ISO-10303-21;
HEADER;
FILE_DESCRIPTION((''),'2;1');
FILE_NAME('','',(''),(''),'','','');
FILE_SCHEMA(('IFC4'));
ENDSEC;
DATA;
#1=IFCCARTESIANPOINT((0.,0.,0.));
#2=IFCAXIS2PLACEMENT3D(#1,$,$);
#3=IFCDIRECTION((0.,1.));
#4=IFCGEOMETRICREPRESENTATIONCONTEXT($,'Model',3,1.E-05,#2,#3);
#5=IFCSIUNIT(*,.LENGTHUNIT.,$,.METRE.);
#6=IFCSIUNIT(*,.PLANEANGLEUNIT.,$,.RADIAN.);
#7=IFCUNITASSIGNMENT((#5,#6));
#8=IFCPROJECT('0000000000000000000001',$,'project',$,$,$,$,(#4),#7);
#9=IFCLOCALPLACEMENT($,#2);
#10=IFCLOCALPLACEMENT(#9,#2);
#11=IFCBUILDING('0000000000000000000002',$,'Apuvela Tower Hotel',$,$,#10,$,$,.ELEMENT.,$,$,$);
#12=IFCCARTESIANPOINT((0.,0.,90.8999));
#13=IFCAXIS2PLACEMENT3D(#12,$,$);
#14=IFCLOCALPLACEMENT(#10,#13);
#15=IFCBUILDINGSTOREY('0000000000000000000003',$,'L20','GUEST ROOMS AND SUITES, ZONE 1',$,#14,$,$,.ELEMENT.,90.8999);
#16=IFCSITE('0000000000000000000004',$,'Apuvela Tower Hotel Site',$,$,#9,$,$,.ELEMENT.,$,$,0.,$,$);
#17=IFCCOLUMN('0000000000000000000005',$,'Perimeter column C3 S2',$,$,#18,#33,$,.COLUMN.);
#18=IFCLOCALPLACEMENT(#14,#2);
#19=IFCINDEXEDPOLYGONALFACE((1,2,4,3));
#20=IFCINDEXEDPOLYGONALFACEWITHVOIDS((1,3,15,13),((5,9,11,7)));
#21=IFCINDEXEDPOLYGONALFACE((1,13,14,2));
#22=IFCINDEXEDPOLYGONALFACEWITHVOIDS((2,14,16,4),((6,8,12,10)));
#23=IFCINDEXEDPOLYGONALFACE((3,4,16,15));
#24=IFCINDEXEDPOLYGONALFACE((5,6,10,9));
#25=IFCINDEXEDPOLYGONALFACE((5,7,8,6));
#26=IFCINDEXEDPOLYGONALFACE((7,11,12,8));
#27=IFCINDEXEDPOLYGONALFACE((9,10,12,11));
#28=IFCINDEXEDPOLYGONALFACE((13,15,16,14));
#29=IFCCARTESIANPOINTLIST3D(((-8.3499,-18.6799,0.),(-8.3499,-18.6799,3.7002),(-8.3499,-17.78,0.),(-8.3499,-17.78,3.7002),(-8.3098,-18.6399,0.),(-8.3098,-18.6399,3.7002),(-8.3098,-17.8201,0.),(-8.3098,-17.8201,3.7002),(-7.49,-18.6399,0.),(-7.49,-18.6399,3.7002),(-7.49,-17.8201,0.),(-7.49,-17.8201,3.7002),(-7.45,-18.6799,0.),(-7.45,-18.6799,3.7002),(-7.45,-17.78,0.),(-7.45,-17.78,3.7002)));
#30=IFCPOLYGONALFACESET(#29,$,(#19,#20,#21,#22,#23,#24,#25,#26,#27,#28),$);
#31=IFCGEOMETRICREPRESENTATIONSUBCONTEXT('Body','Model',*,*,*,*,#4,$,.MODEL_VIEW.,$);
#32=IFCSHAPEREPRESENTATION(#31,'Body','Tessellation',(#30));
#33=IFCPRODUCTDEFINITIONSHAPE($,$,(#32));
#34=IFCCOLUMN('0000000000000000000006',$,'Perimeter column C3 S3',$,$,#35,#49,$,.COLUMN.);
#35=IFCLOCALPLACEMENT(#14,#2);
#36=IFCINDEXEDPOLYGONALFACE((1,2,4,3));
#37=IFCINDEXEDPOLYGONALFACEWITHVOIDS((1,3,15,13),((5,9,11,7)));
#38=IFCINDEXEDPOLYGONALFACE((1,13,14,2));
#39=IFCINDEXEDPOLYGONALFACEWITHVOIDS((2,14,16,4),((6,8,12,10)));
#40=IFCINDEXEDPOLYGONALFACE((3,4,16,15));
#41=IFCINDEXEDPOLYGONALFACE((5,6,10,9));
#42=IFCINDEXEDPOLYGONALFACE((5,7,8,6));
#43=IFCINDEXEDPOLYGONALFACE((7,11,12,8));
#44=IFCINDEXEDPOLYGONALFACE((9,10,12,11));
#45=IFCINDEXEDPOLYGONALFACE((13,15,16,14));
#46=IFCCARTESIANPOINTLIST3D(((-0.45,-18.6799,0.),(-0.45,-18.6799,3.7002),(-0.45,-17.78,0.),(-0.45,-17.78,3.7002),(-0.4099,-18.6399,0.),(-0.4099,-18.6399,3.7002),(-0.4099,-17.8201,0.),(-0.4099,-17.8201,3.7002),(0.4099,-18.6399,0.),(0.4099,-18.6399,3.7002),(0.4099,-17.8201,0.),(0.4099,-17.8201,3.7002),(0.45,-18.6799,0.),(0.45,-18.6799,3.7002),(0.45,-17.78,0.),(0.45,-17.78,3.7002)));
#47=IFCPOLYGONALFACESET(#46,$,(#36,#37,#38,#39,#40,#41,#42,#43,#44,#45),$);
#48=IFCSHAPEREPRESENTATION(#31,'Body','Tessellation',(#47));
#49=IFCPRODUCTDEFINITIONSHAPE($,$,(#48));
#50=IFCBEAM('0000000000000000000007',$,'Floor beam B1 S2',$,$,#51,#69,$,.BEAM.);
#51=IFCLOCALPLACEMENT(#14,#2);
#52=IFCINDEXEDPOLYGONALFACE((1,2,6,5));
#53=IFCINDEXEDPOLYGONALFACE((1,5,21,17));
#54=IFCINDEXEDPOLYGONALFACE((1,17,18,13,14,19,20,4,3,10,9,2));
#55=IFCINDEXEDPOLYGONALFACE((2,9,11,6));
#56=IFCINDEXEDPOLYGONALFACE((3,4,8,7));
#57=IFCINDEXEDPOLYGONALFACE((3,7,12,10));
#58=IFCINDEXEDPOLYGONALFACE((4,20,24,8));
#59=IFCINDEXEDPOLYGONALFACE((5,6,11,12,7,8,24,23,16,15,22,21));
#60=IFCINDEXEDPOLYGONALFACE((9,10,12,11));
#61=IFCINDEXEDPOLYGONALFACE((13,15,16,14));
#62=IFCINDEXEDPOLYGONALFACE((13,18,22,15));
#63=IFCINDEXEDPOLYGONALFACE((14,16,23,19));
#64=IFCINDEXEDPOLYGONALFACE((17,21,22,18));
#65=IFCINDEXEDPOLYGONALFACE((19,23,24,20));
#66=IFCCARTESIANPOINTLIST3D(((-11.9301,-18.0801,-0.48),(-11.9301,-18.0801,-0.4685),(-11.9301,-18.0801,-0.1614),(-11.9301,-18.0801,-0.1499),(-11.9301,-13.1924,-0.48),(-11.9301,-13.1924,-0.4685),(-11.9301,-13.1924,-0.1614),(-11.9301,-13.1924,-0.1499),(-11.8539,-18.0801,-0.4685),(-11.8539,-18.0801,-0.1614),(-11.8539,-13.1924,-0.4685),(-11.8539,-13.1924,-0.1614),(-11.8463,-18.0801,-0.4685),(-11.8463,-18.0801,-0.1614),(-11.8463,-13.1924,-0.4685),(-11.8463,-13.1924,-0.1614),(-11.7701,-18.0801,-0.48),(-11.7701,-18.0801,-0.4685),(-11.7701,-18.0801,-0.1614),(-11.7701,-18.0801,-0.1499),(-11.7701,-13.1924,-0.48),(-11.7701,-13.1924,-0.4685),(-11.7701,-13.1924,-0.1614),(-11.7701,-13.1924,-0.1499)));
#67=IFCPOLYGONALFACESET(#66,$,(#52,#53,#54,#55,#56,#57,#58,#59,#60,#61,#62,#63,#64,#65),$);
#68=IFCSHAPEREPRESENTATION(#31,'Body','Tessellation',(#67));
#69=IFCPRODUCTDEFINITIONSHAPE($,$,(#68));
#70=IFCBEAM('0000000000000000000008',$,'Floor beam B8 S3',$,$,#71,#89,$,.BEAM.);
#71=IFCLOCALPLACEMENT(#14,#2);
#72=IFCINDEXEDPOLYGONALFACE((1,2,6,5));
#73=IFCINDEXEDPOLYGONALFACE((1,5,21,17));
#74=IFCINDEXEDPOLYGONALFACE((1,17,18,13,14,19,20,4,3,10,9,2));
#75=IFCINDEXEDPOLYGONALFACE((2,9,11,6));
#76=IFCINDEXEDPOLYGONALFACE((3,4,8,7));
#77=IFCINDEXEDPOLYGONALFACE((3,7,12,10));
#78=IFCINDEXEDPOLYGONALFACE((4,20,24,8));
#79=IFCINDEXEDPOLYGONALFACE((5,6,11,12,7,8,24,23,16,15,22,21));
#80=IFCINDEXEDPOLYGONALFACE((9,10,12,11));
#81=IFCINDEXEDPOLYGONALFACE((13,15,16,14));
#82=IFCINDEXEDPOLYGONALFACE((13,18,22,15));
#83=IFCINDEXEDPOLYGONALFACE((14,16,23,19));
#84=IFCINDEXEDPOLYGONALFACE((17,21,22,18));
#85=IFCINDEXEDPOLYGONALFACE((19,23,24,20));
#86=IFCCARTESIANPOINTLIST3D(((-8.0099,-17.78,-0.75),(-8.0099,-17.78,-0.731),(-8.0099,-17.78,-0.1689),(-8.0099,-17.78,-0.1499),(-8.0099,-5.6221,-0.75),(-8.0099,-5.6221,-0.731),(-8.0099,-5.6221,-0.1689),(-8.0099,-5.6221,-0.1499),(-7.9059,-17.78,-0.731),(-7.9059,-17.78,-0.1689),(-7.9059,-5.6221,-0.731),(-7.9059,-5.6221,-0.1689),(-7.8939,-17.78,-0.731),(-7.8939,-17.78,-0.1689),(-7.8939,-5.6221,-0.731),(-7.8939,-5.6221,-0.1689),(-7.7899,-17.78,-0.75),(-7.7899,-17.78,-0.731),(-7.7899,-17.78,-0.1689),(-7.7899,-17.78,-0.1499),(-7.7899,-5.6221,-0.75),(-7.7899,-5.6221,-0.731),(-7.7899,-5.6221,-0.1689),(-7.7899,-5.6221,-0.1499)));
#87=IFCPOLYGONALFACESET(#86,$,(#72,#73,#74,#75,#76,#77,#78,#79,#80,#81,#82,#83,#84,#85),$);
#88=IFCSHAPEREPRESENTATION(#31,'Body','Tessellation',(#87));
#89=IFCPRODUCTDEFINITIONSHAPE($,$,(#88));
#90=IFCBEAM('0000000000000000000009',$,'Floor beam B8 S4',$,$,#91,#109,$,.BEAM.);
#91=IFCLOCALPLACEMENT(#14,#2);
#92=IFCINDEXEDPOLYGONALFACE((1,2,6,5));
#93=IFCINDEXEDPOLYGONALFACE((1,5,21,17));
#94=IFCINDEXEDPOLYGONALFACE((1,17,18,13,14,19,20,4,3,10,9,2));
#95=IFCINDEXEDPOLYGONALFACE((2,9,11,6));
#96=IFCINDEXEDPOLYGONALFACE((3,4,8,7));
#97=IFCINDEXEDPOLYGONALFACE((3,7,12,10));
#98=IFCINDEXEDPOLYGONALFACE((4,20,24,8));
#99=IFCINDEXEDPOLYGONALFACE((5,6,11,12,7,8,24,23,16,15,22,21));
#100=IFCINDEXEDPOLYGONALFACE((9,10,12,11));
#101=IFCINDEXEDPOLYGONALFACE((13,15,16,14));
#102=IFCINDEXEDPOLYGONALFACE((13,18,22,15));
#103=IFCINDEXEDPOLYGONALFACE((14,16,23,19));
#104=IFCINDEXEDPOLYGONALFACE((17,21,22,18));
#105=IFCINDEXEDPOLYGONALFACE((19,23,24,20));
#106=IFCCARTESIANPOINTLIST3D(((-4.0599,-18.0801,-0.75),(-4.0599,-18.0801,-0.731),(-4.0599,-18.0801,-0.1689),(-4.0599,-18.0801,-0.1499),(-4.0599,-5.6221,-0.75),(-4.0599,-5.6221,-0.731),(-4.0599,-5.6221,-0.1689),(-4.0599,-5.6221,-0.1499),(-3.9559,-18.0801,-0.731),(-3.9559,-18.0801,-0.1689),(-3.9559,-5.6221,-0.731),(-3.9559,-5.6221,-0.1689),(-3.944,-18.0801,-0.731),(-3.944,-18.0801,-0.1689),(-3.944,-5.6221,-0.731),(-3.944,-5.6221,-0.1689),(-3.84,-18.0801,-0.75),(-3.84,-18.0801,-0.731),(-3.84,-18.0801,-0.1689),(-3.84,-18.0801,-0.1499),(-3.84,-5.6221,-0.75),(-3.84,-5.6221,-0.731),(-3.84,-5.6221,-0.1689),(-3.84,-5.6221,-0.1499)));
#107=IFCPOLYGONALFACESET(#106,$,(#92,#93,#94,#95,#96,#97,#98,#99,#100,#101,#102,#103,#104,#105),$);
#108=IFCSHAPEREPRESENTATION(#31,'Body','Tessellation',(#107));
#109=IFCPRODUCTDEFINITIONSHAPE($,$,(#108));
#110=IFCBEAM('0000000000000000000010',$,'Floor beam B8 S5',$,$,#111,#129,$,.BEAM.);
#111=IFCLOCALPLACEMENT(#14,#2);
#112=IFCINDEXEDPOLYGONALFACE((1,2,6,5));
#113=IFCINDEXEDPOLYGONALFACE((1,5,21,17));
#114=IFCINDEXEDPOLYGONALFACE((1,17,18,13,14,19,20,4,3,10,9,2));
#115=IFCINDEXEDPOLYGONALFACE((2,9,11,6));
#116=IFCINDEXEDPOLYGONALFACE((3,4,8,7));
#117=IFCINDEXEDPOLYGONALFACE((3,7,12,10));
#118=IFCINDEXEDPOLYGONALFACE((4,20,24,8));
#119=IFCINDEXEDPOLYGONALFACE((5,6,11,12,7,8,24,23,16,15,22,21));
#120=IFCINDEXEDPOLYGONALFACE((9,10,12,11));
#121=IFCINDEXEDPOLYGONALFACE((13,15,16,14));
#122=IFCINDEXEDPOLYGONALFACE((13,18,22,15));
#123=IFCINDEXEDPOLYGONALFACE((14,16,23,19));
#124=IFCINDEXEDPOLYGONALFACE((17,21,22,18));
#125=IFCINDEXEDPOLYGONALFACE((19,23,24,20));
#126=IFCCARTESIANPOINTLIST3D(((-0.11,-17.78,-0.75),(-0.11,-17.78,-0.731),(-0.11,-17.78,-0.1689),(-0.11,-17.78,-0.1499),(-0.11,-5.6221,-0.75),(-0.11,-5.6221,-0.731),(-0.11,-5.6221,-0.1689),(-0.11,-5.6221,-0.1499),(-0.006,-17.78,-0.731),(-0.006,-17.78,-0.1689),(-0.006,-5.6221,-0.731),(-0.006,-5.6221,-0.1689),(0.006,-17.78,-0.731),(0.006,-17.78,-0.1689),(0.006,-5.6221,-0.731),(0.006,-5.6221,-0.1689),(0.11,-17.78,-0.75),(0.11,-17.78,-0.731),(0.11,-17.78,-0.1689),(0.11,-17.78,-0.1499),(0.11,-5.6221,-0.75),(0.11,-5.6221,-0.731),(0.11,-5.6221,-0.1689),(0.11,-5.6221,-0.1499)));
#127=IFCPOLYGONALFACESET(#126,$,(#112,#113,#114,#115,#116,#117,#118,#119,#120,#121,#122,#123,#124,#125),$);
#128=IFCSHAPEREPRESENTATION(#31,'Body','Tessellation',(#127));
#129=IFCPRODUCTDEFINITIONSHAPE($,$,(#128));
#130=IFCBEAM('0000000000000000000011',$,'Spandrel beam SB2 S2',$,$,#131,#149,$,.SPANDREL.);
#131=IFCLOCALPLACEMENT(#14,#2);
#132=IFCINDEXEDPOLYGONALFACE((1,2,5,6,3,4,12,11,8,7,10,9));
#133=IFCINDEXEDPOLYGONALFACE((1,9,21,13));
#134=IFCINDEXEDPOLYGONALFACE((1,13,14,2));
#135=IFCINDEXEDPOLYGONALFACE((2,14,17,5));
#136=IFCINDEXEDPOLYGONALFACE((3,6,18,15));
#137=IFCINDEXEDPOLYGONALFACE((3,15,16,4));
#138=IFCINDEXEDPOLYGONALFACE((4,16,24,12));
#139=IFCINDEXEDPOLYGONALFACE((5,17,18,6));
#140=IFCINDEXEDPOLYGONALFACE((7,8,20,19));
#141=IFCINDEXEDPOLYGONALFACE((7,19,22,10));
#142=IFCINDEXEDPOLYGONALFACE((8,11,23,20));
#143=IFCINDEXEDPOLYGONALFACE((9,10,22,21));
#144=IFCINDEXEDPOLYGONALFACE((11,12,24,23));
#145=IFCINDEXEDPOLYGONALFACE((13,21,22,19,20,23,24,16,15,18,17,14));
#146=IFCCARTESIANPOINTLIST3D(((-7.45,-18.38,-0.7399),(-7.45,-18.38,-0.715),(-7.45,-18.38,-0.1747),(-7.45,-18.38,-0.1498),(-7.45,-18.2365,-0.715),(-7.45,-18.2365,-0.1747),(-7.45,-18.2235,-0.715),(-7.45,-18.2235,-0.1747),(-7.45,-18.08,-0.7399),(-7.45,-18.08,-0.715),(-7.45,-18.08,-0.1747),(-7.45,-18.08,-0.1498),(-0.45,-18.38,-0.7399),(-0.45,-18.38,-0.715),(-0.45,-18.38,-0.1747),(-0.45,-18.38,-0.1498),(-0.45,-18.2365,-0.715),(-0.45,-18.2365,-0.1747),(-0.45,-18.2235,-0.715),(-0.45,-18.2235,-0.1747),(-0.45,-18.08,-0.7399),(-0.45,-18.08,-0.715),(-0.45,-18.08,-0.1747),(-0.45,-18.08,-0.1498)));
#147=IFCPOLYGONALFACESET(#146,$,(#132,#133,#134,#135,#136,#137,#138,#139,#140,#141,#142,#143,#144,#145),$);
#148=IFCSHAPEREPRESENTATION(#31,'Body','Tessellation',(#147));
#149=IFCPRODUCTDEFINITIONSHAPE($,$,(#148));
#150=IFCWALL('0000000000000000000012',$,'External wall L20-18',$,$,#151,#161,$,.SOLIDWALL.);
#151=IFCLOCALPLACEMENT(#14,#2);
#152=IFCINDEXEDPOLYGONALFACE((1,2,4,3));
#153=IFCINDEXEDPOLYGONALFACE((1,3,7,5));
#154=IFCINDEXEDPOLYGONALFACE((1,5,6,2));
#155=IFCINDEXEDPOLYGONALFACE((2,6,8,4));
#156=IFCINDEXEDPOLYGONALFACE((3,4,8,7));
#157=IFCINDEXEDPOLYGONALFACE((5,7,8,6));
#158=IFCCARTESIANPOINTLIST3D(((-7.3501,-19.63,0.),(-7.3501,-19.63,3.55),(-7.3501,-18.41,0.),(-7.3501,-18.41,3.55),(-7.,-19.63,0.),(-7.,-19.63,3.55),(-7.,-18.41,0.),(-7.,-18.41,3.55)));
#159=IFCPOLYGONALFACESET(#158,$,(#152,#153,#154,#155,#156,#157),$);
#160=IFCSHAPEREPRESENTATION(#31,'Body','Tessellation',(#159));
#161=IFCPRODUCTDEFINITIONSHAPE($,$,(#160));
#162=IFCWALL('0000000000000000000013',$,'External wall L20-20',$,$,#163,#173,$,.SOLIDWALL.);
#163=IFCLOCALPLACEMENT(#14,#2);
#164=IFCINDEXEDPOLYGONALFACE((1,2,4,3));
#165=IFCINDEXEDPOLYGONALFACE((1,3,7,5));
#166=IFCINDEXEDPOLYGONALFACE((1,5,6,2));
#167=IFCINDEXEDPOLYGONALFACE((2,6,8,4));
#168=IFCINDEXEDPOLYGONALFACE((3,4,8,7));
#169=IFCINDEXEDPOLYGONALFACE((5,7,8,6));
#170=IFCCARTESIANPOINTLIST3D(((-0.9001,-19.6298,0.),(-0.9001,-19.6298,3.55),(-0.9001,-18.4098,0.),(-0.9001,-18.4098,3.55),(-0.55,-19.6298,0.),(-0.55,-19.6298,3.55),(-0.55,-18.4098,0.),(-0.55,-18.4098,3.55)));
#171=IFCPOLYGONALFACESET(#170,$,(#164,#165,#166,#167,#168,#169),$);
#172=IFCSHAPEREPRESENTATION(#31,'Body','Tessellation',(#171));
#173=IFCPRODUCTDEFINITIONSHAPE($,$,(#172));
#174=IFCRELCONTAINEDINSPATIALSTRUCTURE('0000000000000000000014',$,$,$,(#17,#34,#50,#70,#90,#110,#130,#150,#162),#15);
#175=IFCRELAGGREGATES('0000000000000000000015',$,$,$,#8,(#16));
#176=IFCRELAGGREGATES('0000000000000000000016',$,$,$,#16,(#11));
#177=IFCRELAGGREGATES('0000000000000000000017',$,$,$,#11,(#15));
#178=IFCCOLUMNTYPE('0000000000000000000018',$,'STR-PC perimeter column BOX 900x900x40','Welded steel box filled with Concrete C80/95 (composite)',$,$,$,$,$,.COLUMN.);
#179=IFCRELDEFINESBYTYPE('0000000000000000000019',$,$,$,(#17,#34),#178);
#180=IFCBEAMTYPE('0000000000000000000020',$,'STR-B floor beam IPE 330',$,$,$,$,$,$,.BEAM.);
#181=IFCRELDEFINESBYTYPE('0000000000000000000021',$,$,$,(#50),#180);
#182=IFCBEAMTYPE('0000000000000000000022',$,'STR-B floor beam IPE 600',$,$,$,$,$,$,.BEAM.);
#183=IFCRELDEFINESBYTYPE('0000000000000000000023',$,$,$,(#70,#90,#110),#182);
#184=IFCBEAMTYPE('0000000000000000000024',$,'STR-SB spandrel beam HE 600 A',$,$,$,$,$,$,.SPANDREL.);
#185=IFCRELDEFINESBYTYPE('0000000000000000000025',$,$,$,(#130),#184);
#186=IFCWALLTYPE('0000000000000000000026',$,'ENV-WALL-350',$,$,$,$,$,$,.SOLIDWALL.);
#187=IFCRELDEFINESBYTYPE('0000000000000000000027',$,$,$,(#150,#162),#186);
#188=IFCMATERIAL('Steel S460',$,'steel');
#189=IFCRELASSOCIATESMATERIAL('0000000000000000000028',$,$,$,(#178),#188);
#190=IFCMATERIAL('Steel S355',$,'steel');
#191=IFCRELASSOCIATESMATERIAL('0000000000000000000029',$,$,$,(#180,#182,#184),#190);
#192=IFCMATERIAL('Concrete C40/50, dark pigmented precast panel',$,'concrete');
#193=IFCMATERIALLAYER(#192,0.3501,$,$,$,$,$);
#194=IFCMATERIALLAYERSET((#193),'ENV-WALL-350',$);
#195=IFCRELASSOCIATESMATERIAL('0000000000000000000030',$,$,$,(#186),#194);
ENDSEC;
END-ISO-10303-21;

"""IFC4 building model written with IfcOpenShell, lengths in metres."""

from ifc_helpers import new_model, si_unit, direction, frame, frame_2d, origin, origin_2d, place, context, subcontext, project, spatial, rectangle, hollow_rectangle, i_section, extrude, material, layer, layer_set, material_profile, profile_set, type_object, element, save


model = new_model("IFC4")

# Units and contexts
model_context = context("Model", 3, precision=1e-05, world=origin(), true_north=direction((0.0, 1.0)))
body_context = subcontext(model_context, "Body", "Model", "MODEL_VIEW")
ifc_project = project(units=[si_unit("LENGTHUNIT", "METRE"), si_unit("PLANEANGLEUNIT", "RADIAN")], contexts=[model_context])

# Site, building, storey
site_placement = place(None, origin())
site = spatial("IfcSite", under=ifc_project, at=site_placement, Name="Apuvela Tower Hotel Site", CompositionType="ELEMENT", RefElevation=0.0)
building_placement = place(site_placement, origin())
building = spatial("IfcBuilding", under=site, at=building_placement, Name="Apuvela Tower Hotel", CompositionType="ELEMENT")
storey_placement = place(building_placement, frame((0.0, 0.0, 90.8999)))
storey = spatial("IfcBuildingStorey", under=building, at=storey_placement, Name="L20", Description="GUEST ROOMS AND SUITES, ZONE 1", CompositionType="ELEMENT", Elevation=90.8999)

# Columns
ifc_material_1 = material(Name="Steel S460", Category="steel")
ifc_material_profile_1 = material_profile(ifc_material_1, hollow_rectangle(XDim=0.8999, YDim=0.8999, WallThickness=0.04, at=origin_2d()), Name="BOX 900x900x40")
ifc_material_2 = material(Name="Concrete C80/95", Category="concrete")
ifc_material_profile_2 = material_profile(ifc_material_2, rectangle(XDim=0.8201, YDim=0.8201, at=origin_2d()), Name="Concrete C80/95 infill")
ifc_profile_set_1 = profile_set([ifc_material_profile_1, ifc_material_profile_2], Name="Steel S460")
column_type = type_object("IfcColumnType", Name="STR-PC perimeter column BOX 900x900x40", Description="Welded steel box filled with Concrete C80/95 (composite)", PredefinedType="COLUMN", material=ifc_profile_set_1)
for number, where, z_axis, x_axis, name in (
    (1, (-7.8999, -18.23, 0.0), (0.0, 0.0, 1.0), (-1.0, 0.0, 0.0), "Perimeter column C3 S2"),
    (2, (0.0, -18.23, 0.0), (0.0, 0.0, 1.0), (-1.0, 0.0, 0.0), "Perimeter column C3 S3"),
):
    element("IfcColumn", number, at=place(storey_placement, frame(where, z_axis=z_axis, x_axis=x_axis)), inside=storey, type_object=column_type, Name=name, PredefinedType="COLUMN", context=body_context, shape_type="SweptSolid", body=[
        extrude(hollow_rectangle(XDim=0.8999, YDim=0.8999, WallThickness=0.04, at=origin_2d()), origin(), (0.0, 0.0, 1.0), 3.7002),
    ])

# Beams
ifc_material_3 = material(Name="Steel S355", Category="steel")
ifc_material_profile_3 = material_profile(ifc_material_3, i_section(OverallWidth=0.1599, OverallDepth=0.3301, WebThickness=0.0076, FlangeThickness=0.0115, at=origin_2d()), Name="IPE 330")
ifc_profile_set_2 = profile_set([ifc_material_profile_3], Name="Steel S355")
beam_type_1 = type_object("IfcBeamType", Name="STR-B floor beam IPE 330", PredefinedType="BEAM", material=ifc_profile_set_2)
beam_1_placement = place(storey_placement, frame((-11.8501, -18.0801, -0.3149), z_axis=(0.0, 1.0, 0.0), x_axis=(-1.0, 0.0, 0.0)))
element("IfcBeam", 3, at=beam_1_placement, inside=storey, type_object=beam_type_1, Name="Floor beam B1 S2", PredefinedType="BEAM", context=body_context, shape_type="SweptSolid", body=[
    extrude(i_section(OverallWidth=0.1599, OverallDepth=0.3301, WebThickness=0.0076, FlangeThickness=0.0115, at=origin_2d()), origin(), (0.0, 0.0, 1.0), 4.8877),
])
ifc_material_profile_4 = material_profile(ifc_material_3, i_section(OverallWidth=0.22, OverallDepth=0.6001, WebThickness=0.012, FlangeThickness=0.019, at=origin_2d()), Name="IPE 600")
ifc_profile_set_3 = profile_set([ifc_material_profile_4], Name="Steel S355")
beam_type_2 = type_object("IfcBeamType", Name="STR-B floor beam IPE 600", PredefinedType="BEAM", material=ifc_profile_set_3)
beam_2_placement = place(storey_placement, frame((-7.8999, -17.78, -0.45), z_axis=(0.0, 1.0, 0.0), x_axis=(-1.0, 0.0, 0.0)))
element("IfcBeam", 4, at=beam_2_placement, inside=storey, type_object=beam_type_2, Name="Floor beam B8 S3", PredefinedType="BEAM", context=body_context, shape_type="SweptSolid", body=[
    extrude(i_section(OverallWidth=0.22, OverallDepth=0.6001, WebThickness=0.012, FlangeThickness=0.019, at=origin_2d()), origin(), (0.0, 0.0, 1.0), 12.158),
])
beam_3_placement = place(storey_placement, frame((-3.95, -18.0801, -0.45), z_axis=(0.0, 1.0, 0.0), x_axis=(-1.0, 0.0, 0.0)))
element("IfcBeam", 5, at=beam_3_placement, inside=storey, type_object=beam_type_2, Name="Floor beam B8 S4", PredefinedType="BEAM", context=body_context, shape_type="SweptSolid", body=[
    extrude(i_section(OverallWidth=0.22, OverallDepth=0.6001, WebThickness=0.012, FlangeThickness=0.019, at=origin_2d()), origin(), (0.0, 0.0, 1.0), 12.458),
])
beam_4_placement = place(storey_placement, frame((0.0, -17.78, -0.45), z_axis=(0.0, 1.0, 0.0), x_axis=(-1.0, 0.0, 0.0)))
element("IfcBeam", 6, at=beam_4_placement, inside=storey, type_object=beam_type_2, Name="Floor beam B8 S5", PredefinedType="BEAM", context=body_context, shape_type="SweptSolid", body=[
    extrude(i_section(OverallWidth=0.22, OverallDepth=0.6001, WebThickness=0.012, FlangeThickness=0.019, at=origin_2d()), origin(), (0.0, 0.0, 1.0), 12.158),
])
ifc_material_profile_5 = material_profile(ifc_material_3, i_section(OverallWidth=0.3, OverallDepth=0.5901, WebThickness=0.0129, FlangeThickness=0.0249, at=origin_2d()), Name="HE 600 A")
ifc_profile_set_4 = profile_set([ifc_material_profile_5], Name="Steel S355")
beam_type_3 = type_object("IfcBeamType", Name="STR-SB spandrel beam HE 600 A", PredefinedType="SPANDREL", material=ifc_profile_set_4)
beam_5_placement = place(storey_placement, frame((-7.45, -18.23, -0.4448), z_axis=(1.0, 0.0, 0.0), x_axis=(0.0, 1.0, 0.0)))
element("IfcBeam", 7, at=beam_5_placement, inside=storey, type_object=beam_type_3, Name="Spandrel beam SB2 S2", PredefinedType="SPANDREL", context=body_context, shape_type="SweptSolid", body=[
    extrude(i_section(OverallWidth=0.3, OverallDepth=0.5901, WebThickness=0.0129, FlangeThickness=0.0249, at=origin_2d()), origin(), (0.0, 0.0, 1.0), 7.0),
])

# Wall
ifc_material_4 = material(Name="Concrete C40/50, dark pigmented precast panel", Category="concrete")
ifc_layer_1 = layer(ifc_material_4, 0.3501)
ifc_layer_set_1 = layer_set([ifc_layer_1], Name="ENV-WALL-350")
wall_type_1 = type_object("IfcWallType", Name="ENV-WALL-350", PredefinedType="SOLIDWALL", material=ifc_layer_set_1)
wall_1_placement = place(storey_placement, frame((-7.175, -19.6299, 0.0), z_axis=(0.0, 0.0, 1.0), x_axis=(0.0, 1.0, 0.0)))
element("IfcWall", 8, at=wall_1_placement, inside=storey, type_object=wall_type_1, Name="External wall L20-18", PredefinedType="SOLIDWALL", context=body_context, shape_type="SweptSolid", body=[
    extrude(rectangle(XDim=1.22, YDim=0.3501, at=frame_2d((0.6099, 0.0))), origin(), (0.0, 0.0, 1.0), 3.55),
])

# Wall
wall_2_placement = place(storey_placement, frame((-0.7251, -18.4099, 0.0), z_axis=(0.0, 0.0, 1.0), x_axis=(0.0, -1.0, 0.0)))
element("IfcWall", 9, at=wall_2_placement, inside=storey, type_object=wall_type_1, Name="External wall L20-20", PredefinedType="SOLIDWALL", context=body_context, shape_type="SweptSolid", body=[
    extrude(rectangle(XDim=1.22, YDim=0.3501, at=frame_2d((0.6099, 0.0))), origin(), (0.0, 0.0, 1.0), 3.55),
])

save(model, "model.ifc")
